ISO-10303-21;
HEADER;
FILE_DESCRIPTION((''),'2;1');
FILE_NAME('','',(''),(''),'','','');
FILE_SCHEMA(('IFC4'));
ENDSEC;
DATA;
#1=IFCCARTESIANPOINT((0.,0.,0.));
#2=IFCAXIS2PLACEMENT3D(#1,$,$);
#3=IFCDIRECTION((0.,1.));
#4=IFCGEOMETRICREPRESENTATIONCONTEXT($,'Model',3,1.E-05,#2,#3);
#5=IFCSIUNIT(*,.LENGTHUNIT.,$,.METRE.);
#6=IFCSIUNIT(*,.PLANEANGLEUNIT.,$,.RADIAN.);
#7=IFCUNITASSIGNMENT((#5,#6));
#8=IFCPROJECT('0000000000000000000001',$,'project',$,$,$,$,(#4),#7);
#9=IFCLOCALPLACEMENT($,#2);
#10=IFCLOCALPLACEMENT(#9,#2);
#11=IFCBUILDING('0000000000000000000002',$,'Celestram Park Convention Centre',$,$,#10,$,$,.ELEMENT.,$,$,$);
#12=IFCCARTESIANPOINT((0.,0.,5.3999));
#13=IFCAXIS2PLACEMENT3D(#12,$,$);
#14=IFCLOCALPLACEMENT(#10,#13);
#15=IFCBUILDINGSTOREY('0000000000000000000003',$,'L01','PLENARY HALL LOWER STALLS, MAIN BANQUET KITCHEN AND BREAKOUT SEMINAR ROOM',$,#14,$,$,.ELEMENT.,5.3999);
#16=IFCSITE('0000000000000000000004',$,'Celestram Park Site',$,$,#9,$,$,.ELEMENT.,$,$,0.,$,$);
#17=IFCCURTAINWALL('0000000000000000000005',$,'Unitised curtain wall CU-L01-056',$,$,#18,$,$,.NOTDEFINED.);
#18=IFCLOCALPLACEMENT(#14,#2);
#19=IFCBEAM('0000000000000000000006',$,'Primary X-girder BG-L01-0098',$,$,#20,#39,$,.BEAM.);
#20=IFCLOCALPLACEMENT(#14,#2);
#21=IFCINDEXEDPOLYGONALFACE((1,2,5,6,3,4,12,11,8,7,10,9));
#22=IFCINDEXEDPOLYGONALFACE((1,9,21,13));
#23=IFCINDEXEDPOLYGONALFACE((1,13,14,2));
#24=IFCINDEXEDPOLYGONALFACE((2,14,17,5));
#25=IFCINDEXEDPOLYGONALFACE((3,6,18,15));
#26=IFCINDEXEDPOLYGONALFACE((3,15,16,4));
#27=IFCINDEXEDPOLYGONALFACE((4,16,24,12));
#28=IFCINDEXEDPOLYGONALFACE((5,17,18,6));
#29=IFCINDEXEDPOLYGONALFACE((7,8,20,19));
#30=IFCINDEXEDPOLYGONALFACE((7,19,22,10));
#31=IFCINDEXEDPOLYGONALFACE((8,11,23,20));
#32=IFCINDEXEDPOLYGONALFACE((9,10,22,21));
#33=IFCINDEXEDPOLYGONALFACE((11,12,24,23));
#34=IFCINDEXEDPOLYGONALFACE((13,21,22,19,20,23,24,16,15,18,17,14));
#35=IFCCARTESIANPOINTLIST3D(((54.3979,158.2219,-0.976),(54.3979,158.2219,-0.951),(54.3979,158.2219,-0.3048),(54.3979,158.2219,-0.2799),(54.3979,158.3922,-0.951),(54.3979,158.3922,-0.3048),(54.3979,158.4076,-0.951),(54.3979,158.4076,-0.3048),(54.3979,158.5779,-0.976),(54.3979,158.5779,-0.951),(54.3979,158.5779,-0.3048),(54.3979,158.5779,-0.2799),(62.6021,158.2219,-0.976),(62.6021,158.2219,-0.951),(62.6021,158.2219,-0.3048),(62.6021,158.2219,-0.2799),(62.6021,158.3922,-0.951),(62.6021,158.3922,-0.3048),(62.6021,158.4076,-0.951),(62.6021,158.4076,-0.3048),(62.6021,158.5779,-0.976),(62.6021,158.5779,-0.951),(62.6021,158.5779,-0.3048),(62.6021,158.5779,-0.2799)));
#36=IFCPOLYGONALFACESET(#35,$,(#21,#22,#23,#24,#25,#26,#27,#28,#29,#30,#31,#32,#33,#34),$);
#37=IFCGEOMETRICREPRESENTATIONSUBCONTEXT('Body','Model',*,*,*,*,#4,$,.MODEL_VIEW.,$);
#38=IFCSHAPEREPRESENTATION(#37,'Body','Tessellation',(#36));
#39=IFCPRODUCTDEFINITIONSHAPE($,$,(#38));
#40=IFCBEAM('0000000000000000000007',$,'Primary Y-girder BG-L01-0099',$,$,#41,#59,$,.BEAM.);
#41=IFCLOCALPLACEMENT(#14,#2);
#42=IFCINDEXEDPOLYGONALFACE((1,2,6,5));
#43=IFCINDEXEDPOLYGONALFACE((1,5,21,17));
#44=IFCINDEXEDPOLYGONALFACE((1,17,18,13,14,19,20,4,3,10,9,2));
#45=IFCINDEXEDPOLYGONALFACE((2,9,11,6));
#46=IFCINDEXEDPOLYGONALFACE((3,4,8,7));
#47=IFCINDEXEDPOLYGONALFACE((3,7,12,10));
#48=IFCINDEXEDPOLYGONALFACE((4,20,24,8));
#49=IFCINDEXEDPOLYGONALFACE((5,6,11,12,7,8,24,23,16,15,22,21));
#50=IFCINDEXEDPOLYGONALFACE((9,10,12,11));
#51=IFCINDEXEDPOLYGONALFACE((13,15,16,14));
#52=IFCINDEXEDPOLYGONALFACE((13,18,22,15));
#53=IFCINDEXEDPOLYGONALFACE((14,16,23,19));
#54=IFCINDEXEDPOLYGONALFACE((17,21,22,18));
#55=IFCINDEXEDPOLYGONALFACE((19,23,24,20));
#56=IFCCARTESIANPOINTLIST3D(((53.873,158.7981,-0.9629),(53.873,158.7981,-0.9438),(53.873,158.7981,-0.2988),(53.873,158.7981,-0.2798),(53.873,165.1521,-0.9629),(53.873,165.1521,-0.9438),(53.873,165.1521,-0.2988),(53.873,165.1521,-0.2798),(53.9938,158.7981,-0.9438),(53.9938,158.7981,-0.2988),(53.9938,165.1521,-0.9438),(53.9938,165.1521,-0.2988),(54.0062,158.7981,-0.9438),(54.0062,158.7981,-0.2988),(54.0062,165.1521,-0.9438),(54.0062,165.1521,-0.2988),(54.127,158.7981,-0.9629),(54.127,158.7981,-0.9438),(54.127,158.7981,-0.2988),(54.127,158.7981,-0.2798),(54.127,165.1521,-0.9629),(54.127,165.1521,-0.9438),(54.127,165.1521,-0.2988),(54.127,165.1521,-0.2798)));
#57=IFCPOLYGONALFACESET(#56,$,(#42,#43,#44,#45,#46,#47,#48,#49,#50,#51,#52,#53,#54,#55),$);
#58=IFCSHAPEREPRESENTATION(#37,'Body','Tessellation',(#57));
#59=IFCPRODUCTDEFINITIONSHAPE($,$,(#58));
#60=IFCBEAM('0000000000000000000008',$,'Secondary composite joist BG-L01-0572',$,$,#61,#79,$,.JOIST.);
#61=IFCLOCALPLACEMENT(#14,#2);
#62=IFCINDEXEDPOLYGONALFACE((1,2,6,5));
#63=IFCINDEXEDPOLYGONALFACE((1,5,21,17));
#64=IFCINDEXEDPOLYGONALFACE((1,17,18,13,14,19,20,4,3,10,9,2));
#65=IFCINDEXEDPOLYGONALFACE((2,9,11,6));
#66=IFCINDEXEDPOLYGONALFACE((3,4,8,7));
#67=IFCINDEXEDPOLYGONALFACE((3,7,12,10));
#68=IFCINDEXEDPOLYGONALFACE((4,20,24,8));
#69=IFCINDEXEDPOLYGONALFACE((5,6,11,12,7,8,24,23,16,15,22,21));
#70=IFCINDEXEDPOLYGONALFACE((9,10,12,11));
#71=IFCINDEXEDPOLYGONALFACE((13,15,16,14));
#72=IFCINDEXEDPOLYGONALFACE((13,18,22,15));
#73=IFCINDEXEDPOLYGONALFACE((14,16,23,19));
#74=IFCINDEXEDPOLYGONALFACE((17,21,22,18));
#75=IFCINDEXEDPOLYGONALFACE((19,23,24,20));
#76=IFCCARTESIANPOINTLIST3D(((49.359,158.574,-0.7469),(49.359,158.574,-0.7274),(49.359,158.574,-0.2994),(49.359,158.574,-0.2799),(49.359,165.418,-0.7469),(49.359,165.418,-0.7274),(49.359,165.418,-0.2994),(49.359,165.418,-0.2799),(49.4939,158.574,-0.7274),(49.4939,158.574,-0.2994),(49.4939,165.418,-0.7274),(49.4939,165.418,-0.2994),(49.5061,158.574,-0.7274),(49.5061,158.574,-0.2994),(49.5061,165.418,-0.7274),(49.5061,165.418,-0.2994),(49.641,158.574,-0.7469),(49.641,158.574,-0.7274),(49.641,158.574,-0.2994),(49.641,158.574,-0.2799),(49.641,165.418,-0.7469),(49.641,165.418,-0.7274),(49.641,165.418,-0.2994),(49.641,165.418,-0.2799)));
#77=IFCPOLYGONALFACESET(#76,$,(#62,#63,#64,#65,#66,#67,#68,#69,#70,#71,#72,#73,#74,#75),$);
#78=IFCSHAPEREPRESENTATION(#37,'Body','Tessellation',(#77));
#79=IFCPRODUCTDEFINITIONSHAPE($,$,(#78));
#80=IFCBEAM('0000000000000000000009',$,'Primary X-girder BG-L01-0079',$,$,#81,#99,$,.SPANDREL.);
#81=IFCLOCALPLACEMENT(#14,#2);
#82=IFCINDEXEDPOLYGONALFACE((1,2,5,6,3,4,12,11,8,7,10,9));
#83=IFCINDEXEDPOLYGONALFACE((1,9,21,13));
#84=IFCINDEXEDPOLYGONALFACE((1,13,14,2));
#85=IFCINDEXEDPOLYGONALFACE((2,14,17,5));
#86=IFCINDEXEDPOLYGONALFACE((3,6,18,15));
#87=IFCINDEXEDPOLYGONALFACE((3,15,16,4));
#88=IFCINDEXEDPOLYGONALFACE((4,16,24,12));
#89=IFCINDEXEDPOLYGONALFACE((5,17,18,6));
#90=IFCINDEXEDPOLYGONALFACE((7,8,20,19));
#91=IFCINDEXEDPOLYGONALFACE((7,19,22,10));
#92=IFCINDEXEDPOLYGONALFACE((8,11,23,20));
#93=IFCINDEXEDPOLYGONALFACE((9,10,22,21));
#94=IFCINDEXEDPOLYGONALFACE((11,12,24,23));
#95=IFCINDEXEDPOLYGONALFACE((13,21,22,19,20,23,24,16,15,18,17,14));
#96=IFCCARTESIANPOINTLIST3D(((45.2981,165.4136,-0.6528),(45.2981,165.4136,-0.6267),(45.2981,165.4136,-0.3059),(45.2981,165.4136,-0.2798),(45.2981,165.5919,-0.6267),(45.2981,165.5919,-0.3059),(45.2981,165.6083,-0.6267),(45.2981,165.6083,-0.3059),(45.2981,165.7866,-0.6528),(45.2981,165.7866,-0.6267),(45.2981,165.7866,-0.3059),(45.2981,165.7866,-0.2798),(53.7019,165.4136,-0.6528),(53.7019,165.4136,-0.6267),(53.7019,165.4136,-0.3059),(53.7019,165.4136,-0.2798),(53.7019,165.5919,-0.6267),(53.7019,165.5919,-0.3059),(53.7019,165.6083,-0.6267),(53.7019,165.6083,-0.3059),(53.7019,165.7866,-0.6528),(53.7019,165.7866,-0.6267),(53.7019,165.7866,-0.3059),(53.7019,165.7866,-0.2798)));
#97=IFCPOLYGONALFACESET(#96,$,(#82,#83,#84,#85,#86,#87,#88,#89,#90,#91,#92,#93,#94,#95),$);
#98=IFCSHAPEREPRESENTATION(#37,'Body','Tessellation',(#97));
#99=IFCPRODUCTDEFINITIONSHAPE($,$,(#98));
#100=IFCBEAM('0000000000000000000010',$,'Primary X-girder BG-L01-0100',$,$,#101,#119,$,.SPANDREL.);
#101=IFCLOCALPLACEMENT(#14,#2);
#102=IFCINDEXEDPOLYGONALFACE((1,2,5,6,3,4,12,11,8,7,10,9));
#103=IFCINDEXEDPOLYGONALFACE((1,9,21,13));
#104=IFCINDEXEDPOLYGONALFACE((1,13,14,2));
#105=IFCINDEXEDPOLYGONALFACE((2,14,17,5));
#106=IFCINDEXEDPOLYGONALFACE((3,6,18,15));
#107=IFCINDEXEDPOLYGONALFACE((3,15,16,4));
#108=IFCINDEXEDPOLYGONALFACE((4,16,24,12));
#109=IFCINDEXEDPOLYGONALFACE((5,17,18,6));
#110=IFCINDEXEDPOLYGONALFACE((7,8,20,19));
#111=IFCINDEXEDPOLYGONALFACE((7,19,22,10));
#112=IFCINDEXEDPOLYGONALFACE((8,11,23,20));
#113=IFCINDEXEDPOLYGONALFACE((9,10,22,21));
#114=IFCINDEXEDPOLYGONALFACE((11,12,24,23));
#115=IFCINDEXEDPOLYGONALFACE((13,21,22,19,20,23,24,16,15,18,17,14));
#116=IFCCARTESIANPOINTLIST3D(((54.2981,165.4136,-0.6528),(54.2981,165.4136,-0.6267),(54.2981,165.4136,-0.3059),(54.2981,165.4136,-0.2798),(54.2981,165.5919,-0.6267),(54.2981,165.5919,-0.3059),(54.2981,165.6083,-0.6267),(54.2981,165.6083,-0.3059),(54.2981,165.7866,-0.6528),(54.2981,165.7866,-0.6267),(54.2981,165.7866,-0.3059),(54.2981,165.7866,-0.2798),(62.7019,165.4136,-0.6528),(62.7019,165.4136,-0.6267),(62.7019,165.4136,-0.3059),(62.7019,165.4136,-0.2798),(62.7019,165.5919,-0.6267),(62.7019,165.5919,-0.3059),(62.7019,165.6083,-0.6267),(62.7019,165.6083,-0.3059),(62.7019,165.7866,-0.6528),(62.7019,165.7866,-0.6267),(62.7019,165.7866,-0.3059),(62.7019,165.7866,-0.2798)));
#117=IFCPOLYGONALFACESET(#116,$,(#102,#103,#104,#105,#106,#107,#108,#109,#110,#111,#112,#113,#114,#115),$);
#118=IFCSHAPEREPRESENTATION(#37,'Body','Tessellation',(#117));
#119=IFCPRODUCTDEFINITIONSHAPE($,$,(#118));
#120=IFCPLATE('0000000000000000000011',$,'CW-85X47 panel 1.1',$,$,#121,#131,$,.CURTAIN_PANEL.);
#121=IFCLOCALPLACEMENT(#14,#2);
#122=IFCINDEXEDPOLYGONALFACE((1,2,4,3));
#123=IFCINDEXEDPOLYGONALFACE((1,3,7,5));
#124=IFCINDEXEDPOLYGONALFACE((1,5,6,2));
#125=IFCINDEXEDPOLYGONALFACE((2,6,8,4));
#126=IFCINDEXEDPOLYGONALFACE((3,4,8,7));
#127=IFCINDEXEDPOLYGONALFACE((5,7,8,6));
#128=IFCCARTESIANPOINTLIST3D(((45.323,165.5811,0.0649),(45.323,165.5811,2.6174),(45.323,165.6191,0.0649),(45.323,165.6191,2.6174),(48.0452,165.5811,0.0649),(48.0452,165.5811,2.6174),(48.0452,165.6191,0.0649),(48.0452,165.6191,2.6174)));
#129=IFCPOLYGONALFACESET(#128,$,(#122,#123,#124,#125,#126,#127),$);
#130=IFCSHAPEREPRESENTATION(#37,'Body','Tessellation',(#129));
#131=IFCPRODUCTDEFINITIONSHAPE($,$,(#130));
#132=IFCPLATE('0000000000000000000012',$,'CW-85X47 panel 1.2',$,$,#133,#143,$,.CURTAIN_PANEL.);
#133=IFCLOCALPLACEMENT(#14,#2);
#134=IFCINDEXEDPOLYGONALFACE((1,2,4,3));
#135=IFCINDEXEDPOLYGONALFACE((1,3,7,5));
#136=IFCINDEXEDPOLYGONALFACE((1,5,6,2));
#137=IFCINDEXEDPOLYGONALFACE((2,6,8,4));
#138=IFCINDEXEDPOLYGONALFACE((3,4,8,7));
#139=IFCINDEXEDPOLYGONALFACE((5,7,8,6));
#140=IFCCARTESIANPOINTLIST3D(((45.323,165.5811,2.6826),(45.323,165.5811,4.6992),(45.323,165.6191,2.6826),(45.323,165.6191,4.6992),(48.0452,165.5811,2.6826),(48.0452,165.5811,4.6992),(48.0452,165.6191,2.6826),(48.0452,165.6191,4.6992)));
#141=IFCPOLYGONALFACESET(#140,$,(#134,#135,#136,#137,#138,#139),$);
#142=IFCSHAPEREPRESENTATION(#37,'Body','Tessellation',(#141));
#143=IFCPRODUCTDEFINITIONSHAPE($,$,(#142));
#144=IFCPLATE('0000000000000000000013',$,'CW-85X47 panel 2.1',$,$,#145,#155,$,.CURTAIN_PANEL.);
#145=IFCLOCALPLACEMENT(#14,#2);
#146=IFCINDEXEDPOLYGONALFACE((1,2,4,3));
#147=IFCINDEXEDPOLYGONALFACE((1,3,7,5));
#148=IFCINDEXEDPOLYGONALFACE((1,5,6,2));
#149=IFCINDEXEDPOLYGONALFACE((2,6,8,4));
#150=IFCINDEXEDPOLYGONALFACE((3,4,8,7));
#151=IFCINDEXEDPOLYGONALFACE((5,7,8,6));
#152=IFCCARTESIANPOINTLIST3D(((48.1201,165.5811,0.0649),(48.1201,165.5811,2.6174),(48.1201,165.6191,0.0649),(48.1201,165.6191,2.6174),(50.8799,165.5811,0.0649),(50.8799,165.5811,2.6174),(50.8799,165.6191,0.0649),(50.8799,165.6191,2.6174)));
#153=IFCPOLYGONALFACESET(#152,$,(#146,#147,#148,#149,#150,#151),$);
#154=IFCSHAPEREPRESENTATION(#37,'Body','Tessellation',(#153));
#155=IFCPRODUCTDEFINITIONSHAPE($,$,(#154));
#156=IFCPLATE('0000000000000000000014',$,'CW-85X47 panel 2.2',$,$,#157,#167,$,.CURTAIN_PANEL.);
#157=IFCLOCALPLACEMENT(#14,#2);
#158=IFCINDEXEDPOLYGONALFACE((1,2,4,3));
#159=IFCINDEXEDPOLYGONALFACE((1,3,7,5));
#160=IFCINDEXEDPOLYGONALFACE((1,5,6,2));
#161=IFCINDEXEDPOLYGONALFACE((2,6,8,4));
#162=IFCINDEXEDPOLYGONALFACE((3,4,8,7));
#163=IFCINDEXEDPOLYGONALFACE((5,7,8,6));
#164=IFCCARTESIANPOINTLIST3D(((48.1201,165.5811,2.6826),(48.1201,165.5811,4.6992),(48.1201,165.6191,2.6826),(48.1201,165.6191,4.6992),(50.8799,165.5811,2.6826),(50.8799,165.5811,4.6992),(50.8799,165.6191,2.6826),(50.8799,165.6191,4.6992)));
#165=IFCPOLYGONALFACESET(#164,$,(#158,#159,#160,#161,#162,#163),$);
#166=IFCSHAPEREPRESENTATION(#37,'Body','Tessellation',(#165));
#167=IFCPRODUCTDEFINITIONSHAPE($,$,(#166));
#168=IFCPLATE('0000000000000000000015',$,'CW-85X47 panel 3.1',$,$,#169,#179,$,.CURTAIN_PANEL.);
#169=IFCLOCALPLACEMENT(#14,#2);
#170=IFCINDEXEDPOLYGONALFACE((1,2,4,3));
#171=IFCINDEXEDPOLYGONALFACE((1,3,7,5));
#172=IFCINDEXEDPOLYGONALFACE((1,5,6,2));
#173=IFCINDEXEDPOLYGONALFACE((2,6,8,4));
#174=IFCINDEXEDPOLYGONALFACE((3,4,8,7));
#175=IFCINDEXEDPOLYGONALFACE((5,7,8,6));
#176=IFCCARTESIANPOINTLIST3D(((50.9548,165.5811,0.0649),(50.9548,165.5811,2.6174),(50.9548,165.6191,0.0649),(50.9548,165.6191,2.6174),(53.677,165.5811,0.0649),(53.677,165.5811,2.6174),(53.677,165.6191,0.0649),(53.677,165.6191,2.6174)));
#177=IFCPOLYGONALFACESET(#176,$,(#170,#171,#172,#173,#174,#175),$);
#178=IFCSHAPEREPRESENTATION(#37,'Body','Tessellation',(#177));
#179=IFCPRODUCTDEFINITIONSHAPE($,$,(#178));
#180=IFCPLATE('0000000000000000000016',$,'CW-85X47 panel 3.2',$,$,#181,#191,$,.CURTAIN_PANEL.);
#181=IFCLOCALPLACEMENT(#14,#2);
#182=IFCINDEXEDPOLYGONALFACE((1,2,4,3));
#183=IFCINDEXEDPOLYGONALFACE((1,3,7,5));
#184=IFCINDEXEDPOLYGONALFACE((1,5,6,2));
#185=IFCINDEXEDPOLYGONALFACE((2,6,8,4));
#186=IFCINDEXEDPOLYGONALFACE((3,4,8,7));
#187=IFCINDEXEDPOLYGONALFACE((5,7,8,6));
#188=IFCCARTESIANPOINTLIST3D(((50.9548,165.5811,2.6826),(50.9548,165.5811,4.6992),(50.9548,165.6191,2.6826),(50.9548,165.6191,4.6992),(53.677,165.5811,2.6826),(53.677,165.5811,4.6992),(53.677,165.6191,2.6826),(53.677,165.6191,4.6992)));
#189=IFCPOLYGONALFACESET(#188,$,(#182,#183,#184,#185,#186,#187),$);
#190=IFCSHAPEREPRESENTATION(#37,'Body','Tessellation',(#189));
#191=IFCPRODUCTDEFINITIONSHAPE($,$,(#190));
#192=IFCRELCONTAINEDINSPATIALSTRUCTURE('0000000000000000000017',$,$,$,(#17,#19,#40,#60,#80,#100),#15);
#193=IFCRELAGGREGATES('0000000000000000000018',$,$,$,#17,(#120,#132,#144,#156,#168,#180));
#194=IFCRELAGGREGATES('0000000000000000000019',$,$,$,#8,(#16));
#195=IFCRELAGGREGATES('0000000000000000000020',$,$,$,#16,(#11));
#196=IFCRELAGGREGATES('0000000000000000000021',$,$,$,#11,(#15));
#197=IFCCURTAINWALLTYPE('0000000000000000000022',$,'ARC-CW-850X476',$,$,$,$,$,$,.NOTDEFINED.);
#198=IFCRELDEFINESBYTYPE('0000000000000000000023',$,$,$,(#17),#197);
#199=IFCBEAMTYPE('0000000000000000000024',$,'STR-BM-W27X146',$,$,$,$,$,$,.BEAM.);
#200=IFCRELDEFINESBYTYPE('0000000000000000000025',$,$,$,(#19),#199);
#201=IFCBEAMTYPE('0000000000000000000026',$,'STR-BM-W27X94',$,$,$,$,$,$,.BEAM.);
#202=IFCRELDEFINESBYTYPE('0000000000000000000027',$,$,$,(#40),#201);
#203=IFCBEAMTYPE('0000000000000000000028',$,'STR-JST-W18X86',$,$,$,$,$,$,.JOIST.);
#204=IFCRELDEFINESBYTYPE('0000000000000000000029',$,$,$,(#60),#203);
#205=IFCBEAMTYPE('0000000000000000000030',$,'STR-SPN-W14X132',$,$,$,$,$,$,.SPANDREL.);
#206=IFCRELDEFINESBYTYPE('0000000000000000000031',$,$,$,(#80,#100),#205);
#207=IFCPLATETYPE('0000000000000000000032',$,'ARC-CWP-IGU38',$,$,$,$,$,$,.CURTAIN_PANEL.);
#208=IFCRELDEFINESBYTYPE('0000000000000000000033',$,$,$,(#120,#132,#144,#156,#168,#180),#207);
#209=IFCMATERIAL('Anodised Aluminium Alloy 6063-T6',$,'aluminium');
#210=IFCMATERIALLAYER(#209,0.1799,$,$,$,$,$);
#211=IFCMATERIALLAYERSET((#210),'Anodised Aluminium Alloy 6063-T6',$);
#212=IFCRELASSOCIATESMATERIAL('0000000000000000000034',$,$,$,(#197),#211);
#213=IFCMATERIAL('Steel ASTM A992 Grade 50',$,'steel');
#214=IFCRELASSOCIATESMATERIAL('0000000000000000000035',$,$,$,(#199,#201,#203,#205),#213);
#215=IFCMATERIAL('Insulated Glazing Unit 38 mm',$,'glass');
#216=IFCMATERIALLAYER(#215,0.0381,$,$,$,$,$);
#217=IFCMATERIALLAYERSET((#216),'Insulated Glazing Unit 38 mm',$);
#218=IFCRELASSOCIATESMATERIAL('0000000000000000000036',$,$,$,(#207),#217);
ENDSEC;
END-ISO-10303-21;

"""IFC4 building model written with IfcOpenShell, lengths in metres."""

from ifc_helpers import new_model, si_unit, direction, frame, origin, origin_2d, place, context, subcontext, project, spatial, rectangle, i_section, extrude, material, layer, layer_set, material_profile, profile_set, type_object, element, aggregate, save


model = new_model("IFC4")

# Units and contexts
model_context = context("Model", 3, precision=1e-05, world=origin(), true_north=direction((0.0, 1.0)))
body_context = subcontext(model_context, "Body", "Model", "MODEL_VIEW")
ifc_project = project(units=[si_unit("LENGTHUNIT", "METRE"), si_unit("PLANEANGLEUNIT", "RADIAN")], contexts=[model_context])

# Site, building, storey
site_placement = place(None, origin())
site = spatial("IfcSite", under=ifc_project, at=site_placement, Name="Celestram Park Site", CompositionType="ELEMENT", RefElevation=0.0)
building_placement = place(site_placement, origin())
building = spatial("IfcBuilding", under=site, at=building_placement, Name="Celestram Park Convention Centre", CompositionType="ELEMENT")
storey_placement = place(building_placement, frame((0.0, 0.0, 5.3999)))
storey = spatial("IfcBuildingStorey", under=building, at=storey_placement, Name="L01", Description="PLENARY HALL LOWER STALLS, MAIN BANQUET KITCHEN AND BREAKOUT SEMINAR ROOM", CompositionType="ELEMENT", Elevation=5.3999)

# Curtain wall
ifc_material_1 = material(Name="Anodised Aluminium Alloy 6063-T6", Category="aluminium")
ifc_layer_1 = layer(ifc_material_1, 0.1799)
ifc_layer_set_1 = layer_set([ifc_layer_1], Name="Anodised Aluminium Alloy 6063-T6")
curtain_wall_type = type_object("IfcCurtainWallType", Name="ARC-CW-850X476", PredefinedType="NOTDEFINED", material=ifc_layer_set_1)
curtain_wall_1_placement = place(storey_placement, origin())
curtain_wall_1 = element("IfcCurtainWall", 1, at=curtain_wall_1_placement, inside=storey, type_object=curtain_wall_type, Name="Unitised curtain wall CU-L01-056", PredefinedType="NOTDEFINED")

# Beams
ifc_material_2 = material(Name="Steel ASTM A992 Grade 50", Category="steel")
ifc_material_profile_1 = material_profile(ifc_material_2, i_section(OverallWidth=0.356, OverallDepth=0.696, WebThickness=0.0154, FlangeThickness=0.0249, at=origin_2d()), Name="W27X146")
ifc_profile_set_1 = profile_set([ifc_material_profile_1], Name="Steel ASTM A992 Grade 50")
beam_type_1 = type_object("IfcBeamType", Name="STR-BM-W27X146", PredefinedType="BEAM", material=ifc_profile_set_1)
for number, where, z_axis, x_axis, name in (
    (2, (54.3979, 158.3999, -0.6279), (1.0, 0.0, 0.0), (0.0, 1.0, 0.0), "Primary X-girder BG-L01-0098"),
):
    element("IfcBeam", number, at=place(storey_placement, frame(where, z_axis=z_axis, x_axis=x_axis)), inside=storey, type_object=beam_type_1, Name=name, PredefinedType="BEAM", context=body_context, shape_type="SweptSolid", body=[
        extrude(i_section(OverallWidth=0.356, OverallDepth=0.696, WebThickness=0.0154, FlangeThickness=0.0249, at=origin_2d()), origin(), (0.0, 0.0, 1.0), 8.2041),
    ])
ifc_material_profile_2 = material_profile(ifc_material_2, i_section(OverallWidth=0.2539, OverallDepth=0.6831, WebThickness=0.0125, FlangeThickness=0.019, at=origin_2d()), Name="W27X94")
ifc_profile_set_2 = profile_set([ifc_material_profile_2], Name="Steel ASTM A992 Grade 50")
beam_type_2 = type_object("IfcBeamType", Name="STR-BM-W27X94", PredefinedType="BEAM", material=ifc_profile_set_2)
beam_1_placement = place(storey_placement, frame((54.0, 158.7981, -0.6213), z_axis=(0.0, 1.0, 0.0), x_axis=(-1.0, 0.0, 0.0)))
element("IfcBeam", 3, at=beam_1_placement, inside=storey, type_object=beam_type_2, Name="Primary Y-girder BG-L01-0099", PredefinedType="BEAM", context=body_context, shape_type="SweptSolid", body=[
    extrude(i_section(OverallWidth=0.2539, OverallDepth=0.6831, WebThickness=0.0125, FlangeThickness=0.019, at=origin_2d()), origin(), (0.0, 0.0, 1.0), 6.354),
])
ifc_material_profile_3 = material_profile(ifc_material_2, i_section(OverallWidth=0.282, OverallDepth=0.467, WebThickness=0.0122, FlangeThickness=0.0195, at=origin_2d()), Name="W18X86")
ifc_profile_set_3 = profile_set([ifc_material_profile_3], Name="Steel ASTM A992 Grade 50")
beam_type_3 = type_object("IfcBeamType", Name="STR-JST-W18X86", PredefinedType="JOIST", material=ifc_profile_set_3)
beam_2_placement = place(storey_placement, frame((49.5, 158.574, -0.5134), z_axis=(0.0, 1.0, 0.0), x_axis=(-1.0, 0.0, 0.0)))
element("IfcBeam", 4, at=beam_2_placement, inside=storey, type_object=beam_type_3, Name="Secondary composite joist BG-L01-0572", PredefinedType="JOIST", context=body_context, shape_type="SweptSolid", body=[
    extrude(i_section(OverallWidth=0.282, OverallDepth=0.467, WebThickness=0.0122, FlangeThickness=0.0195, at=origin_2d()), origin(), (0.0, 0.0, 1.0), 6.844),
])
ifc_material_profile_4 = material_profile(ifc_material_2, i_section(OverallWidth=0.373, OverallDepth=0.373, WebThickness=0.0164, FlangeThickness=0.0261, at=origin_2d()), Name="W14X132")
ifc_profile_set_4 = profile_set([ifc_material_profile_4], Name="Steel ASTM A992 Grade 50")
beam_type_4 = type_object("IfcBeamType", Name="STR-SPN-W14X132", PredefinedType="SPANDREL", material=ifc_profile_set_4)
for number, where, z_axis, x_axis, name in (
    (5, (45.2981, 165.6001, -0.4663), (1.0, 0.0, 0.0), (0.0, 1.0, 0.0), "Primary X-girder BG-L01-0079"),
    (6, (54.2981, 165.6001, -0.4663), (1.0, 0.0, 0.0), (0.0, 1.0, 0.0), "Primary X-girder BG-L01-0100"),
):
    element("IfcBeam", number, at=place(storey_placement, frame(where, z_axis=z_axis, x_axis=x_axis)), inside=storey, type_object=beam_type_4, Name=name, PredefinedType="SPANDREL", context=body_context, shape_type="SweptSolid", body=[
        extrude(i_section(OverallWidth=0.373, OverallDepth=0.373, WebThickness=0.0164, FlangeThickness=0.0261, at=origin_2d()), origin(), (0.0, 0.0, 1.0), 8.4038),
    ])

# Plates
ifc_material_3 = material(Name="Insulated Glazing Unit 38 mm", Category="glass")
ifc_layer_2 = layer(ifc_material_3, 0.0381)
ifc_layer_set_2 = layer_set([ifc_layer_2], Name="Insulated Glazing Unit 38 mm")
plate_type = type_object("IfcPlateType", Name="ARC-CWP-IGU38", PredefinedType="CURTAIN_PANEL", material=ifc_layer_set_2)
plate_1_placement = place(storey_placement, frame((46.6841, 165.6001, 0.0649), z_axis=(0.0, 0.0, 1.0), x_axis=(1.0, 0.0, 0.0)))
plate_1 = element("IfcPlate", 7, at=plate_1_placement, type_object=plate_type, Name="CW-85X47 panel 1.1", PredefinedType="CURTAIN_PANEL", context=body_context, shape_type="SweptSolid", body=[
    extrude(rectangle(XDim=2.7222, YDim=0.0381, at=origin_2d()), origin(), (0.0, 0.0, 1.0), 2.5525),
])
plate_2_placement = place(storey_placement, frame((46.6841, 165.6001, 2.6826), z_axis=(0.0, 0.0, 1.0), x_axis=(1.0, 0.0, 0.0)))
plate_2 = element("IfcPlate", 8, at=plate_2_placement, type_object=plate_type, Name="CW-85X47 panel 1.2", PredefinedType="CURTAIN_PANEL", context=body_context, shape_type="SweptSolid", body=[
    extrude(rectangle(XDim=2.7222, YDim=0.0381, at=origin_2d()), origin(), (0.0, 0.0, 1.0), 2.0166),
])
plate_3_placement = place(storey_placement, frame((49.5, 165.6001, 0.0649), z_axis=(0.0, 0.0, 1.0), x_axis=(1.0, 0.0, 0.0)))
plate_3 = element("IfcPlate", 9, at=plate_3_placement, type_object=plate_type, Name="CW-85X47 panel 2.1", PredefinedType="CURTAIN_PANEL", context=body_context, shape_type="SweptSolid", body=[
    extrude(rectangle(XDim=2.7598, YDim=0.0381, at=origin_2d()), origin(), (0.0, 0.0, 1.0), 2.5525),
])
plate_4_placement = place(storey_placement, frame((49.5, 165.6001, 2.6826), z_axis=(0.0, 0.0, 1.0), x_axis=(1.0, 0.0, 0.0)))
plate_4 = element("IfcPlate", 10, at=plate_4_placement, type_object=plate_type, Name="CW-85X47 panel 2.2", PredefinedType="CURTAIN_PANEL", context=body_context, shape_type="SweptSolid", body=[
    extrude(rectangle(XDim=2.7598, YDim=0.0381, at=origin_2d()), origin(), (0.0, 0.0, 1.0), 2.0166),
])
plate_5_placement = place(storey_placement, frame((52.3159, 165.6001, 0.0649), z_axis=(0.0, 0.0, 1.0), x_axis=(1.0, 0.0, 0.0)))
plate_5 = element("IfcPlate", 11, at=plate_5_placement, type_object=plate_type, Name="CW-85X47 panel 3.1", PredefinedType="CURTAIN_PANEL", context=body_context, shape_type="SweptSolid", body=[
    extrude(rectangle(XDim=2.7222, YDim=0.0381, at=origin_2d()), origin(), (0.0, 0.0, 1.0), 2.5525),
])
plate_6_placement = place(storey_placement, frame((52.3159, 165.6001, 2.6826), z_axis=(0.0, 0.0, 1.0), x_axis=(1.0, 0.0, 0.0)))
plate_6 = element("IfcPlate", 12, at=plate_6_placement, type_object=plate_type, Name="CW-85X47 panel 3.2", PredefinedType="CURTAIN_PANEL", context=body_context, shape_type="SweptSolid", body=[
    extrude(rectangle(XDim=2.7222, YDim=0.0381, at=origin_2d()), origin(), (0.0, 0.0, 1.0), 2.0166),
])
aggregate(curtain_wall_1, [plate_1, plate_2, plate_3, plate_4, plate_5, plate_6])

save(model, "model.ifc")
